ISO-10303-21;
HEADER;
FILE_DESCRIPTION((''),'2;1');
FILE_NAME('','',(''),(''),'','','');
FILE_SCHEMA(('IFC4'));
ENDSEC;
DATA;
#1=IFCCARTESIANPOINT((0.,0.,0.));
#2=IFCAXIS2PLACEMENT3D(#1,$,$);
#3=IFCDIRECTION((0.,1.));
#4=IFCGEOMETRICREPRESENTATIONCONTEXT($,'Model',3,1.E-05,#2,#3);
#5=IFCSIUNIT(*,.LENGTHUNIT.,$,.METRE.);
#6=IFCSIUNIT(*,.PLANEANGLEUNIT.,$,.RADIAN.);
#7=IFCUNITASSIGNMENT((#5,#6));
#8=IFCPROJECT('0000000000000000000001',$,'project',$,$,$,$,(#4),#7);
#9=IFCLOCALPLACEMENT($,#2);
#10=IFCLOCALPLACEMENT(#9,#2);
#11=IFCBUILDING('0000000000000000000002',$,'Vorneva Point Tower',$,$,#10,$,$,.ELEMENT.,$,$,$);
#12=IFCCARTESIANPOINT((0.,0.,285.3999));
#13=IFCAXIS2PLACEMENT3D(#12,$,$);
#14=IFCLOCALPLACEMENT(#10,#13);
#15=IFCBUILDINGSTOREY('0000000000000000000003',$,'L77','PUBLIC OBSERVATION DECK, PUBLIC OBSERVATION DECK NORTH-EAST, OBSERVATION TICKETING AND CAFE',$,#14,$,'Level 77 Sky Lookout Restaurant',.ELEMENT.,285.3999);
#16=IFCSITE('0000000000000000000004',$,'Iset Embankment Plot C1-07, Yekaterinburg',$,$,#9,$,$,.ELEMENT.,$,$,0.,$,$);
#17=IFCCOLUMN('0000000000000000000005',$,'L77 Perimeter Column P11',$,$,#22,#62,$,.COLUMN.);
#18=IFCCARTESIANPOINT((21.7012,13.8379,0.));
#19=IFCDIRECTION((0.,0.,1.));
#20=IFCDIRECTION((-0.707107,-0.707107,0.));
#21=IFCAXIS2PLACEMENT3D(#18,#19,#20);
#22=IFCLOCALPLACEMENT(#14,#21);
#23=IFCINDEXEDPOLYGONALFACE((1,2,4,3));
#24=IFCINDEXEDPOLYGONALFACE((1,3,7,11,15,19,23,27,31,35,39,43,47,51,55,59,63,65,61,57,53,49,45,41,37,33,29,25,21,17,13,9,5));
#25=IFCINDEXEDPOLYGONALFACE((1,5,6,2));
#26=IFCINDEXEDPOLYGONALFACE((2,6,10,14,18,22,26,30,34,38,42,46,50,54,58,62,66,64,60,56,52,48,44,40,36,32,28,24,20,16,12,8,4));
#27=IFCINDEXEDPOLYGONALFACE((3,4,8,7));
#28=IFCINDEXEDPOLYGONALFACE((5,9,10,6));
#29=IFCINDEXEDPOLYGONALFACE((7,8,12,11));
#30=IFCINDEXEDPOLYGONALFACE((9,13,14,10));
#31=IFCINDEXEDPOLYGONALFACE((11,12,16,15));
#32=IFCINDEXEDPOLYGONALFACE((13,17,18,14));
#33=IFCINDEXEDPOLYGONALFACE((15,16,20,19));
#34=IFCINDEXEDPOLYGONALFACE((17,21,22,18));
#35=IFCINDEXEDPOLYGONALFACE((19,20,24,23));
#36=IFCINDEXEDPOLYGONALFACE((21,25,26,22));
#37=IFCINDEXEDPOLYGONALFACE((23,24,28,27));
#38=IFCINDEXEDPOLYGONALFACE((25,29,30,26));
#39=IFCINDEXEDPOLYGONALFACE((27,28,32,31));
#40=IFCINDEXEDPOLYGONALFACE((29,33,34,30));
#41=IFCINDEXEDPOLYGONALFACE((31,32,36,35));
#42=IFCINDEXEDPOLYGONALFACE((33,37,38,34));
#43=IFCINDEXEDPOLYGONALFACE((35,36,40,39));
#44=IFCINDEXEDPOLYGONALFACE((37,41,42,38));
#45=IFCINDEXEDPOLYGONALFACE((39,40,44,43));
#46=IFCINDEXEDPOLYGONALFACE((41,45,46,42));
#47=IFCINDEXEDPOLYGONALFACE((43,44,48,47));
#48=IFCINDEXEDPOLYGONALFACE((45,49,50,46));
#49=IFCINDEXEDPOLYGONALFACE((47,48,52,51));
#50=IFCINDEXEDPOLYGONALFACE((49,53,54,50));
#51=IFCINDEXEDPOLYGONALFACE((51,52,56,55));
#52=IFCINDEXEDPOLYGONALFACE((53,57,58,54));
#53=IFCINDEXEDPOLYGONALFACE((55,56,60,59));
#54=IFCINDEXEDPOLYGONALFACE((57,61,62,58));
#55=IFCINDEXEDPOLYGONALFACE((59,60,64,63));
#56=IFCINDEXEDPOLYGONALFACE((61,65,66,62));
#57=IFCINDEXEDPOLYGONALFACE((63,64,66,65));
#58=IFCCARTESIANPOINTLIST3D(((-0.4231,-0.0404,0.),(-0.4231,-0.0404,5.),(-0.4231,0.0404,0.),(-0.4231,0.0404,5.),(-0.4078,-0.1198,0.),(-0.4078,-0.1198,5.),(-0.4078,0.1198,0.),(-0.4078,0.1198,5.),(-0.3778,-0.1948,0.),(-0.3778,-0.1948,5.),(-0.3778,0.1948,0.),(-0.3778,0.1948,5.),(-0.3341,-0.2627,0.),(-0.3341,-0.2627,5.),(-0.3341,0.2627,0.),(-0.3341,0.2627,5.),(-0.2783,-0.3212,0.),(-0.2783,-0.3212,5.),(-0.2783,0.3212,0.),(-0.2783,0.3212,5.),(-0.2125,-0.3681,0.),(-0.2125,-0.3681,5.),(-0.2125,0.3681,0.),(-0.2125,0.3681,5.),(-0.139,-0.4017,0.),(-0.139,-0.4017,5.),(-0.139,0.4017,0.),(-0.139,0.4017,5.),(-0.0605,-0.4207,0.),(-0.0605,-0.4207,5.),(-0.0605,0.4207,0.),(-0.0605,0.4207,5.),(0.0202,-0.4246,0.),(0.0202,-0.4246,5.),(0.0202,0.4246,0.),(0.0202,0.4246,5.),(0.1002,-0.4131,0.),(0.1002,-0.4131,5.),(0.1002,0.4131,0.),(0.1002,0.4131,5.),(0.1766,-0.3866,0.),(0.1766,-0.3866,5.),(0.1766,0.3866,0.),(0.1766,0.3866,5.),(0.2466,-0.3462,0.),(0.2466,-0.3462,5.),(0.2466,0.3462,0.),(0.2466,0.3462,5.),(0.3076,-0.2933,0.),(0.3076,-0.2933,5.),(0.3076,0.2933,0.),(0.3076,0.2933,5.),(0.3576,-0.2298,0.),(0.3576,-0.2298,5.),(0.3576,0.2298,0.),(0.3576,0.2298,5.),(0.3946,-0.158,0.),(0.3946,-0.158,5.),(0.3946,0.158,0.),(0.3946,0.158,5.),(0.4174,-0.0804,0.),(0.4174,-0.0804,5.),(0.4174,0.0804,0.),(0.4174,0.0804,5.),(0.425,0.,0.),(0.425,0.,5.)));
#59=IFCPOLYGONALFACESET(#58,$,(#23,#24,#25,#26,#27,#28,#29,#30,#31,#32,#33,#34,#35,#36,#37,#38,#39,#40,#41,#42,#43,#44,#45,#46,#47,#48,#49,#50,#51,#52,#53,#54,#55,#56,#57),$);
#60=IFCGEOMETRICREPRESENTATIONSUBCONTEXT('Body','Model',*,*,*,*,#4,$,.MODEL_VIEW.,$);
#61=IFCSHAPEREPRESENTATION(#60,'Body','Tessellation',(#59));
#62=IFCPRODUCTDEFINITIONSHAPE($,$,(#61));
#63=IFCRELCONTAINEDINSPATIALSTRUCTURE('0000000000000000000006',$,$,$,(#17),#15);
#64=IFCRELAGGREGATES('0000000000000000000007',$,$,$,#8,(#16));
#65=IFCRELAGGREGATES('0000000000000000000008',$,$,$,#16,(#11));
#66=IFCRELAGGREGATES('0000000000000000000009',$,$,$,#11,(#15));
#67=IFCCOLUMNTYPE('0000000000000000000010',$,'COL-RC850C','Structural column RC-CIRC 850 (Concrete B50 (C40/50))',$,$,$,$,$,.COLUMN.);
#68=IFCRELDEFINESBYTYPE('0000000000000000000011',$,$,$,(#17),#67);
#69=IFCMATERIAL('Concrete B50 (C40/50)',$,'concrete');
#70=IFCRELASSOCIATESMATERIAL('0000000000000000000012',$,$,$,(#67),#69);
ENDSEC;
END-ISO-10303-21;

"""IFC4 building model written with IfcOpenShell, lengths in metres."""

from ifc_helpers import new_model, si_unit, direction, frame, origin, origin_2d, place, context, subcontext, project, spatial, circle, extrude, material, material_profile, profile_set, type_object, element, save


model = new_model("IFC4")

# Units and contexts
model_context = context("Model", 3, precision=1e-05, world=origin(), true_north=direction((0.0, 1.0)))
body_context = subcontext(model_context, "Body", "Model", "MODEL_VIEW")
ifc_project = project(units=[si_unit("LENGTHUNIT", "METRE"), si_unit("PLANEANGLEUNIT", "RADIAN")], contexts=[model_context])

# Site, building, storey
site_placement = place(None, origin())
site = spatial("IfcSite", under=ifc_project, at=site_placement, Name="Iset Embankment Plot C1-07, Yekaterinburg", CompositionType="ELEMENT", RefElevation=0.0)
building_placement = place(site_placement, origin())
building = spatial("IfcBuilding", under=site, at=building_placement, Name="Vorneva Point Tower", CompositionType="ELEMENT")
storey_placement = place(building_placement, frame((0.0, 0.0, 285.3999)))
storey = spatial("IfcBuildingStorey", under=building, at=storey_placement, Name="L77", Description="PUBLIC OBSERVATION DECK, PUBLIC OBSERVATION DECK NORTH-EAST, OBSERVATION TICKETING AND CAFE", LongName="Level 77 Sky Lookout Restaurant", CompositionType="ELEMENT", Elevation=285.3999)

# Column
ifc_material_1 = material(Name="Concrete B50 (C40/50)", Category="concrete")
ifc_material_profile_1 = material_profile(ifc_material_1, circle(Radius=0.425, at=origin_2d()), Name="RC-CIRC 850")
ifc_profile_set_1 = profile_set([ifc_material_profile_1], Name="Concrete B50 (C40/50)")
column_type_1 = type_object("IfcColumnType", Name="COL-RC850C", Description="Structural column RC-CIRC 850 (Concrete B50 (C40/50))", PredefinedType="COLUMN", material=ifc_profile_set_1)
for number, where, z_axis, x_axis, name in (
    (1, (21.7012, 13.8379, 0.0), (0.0, 0.0, 1.0), (-0.707107, -0.707107, 0.0), "L77 Perimeter Column P11"),
):
    element("IfcColumn", number, at=place(storey_placement, frame(where, z_axis=z_axis, x_axis=x_axis)), inside=storey, type_object=column_type_1, Name=name, PredefinedType="COLUMN", context=body_context, shape_type="SweptSolid", body=[
        extrude(circle(Radius=0.425, at=origin_2d()), origin(), (0.0, 0.0, 1.0), 5.0),
    ])

save(model, "model.ifc")
